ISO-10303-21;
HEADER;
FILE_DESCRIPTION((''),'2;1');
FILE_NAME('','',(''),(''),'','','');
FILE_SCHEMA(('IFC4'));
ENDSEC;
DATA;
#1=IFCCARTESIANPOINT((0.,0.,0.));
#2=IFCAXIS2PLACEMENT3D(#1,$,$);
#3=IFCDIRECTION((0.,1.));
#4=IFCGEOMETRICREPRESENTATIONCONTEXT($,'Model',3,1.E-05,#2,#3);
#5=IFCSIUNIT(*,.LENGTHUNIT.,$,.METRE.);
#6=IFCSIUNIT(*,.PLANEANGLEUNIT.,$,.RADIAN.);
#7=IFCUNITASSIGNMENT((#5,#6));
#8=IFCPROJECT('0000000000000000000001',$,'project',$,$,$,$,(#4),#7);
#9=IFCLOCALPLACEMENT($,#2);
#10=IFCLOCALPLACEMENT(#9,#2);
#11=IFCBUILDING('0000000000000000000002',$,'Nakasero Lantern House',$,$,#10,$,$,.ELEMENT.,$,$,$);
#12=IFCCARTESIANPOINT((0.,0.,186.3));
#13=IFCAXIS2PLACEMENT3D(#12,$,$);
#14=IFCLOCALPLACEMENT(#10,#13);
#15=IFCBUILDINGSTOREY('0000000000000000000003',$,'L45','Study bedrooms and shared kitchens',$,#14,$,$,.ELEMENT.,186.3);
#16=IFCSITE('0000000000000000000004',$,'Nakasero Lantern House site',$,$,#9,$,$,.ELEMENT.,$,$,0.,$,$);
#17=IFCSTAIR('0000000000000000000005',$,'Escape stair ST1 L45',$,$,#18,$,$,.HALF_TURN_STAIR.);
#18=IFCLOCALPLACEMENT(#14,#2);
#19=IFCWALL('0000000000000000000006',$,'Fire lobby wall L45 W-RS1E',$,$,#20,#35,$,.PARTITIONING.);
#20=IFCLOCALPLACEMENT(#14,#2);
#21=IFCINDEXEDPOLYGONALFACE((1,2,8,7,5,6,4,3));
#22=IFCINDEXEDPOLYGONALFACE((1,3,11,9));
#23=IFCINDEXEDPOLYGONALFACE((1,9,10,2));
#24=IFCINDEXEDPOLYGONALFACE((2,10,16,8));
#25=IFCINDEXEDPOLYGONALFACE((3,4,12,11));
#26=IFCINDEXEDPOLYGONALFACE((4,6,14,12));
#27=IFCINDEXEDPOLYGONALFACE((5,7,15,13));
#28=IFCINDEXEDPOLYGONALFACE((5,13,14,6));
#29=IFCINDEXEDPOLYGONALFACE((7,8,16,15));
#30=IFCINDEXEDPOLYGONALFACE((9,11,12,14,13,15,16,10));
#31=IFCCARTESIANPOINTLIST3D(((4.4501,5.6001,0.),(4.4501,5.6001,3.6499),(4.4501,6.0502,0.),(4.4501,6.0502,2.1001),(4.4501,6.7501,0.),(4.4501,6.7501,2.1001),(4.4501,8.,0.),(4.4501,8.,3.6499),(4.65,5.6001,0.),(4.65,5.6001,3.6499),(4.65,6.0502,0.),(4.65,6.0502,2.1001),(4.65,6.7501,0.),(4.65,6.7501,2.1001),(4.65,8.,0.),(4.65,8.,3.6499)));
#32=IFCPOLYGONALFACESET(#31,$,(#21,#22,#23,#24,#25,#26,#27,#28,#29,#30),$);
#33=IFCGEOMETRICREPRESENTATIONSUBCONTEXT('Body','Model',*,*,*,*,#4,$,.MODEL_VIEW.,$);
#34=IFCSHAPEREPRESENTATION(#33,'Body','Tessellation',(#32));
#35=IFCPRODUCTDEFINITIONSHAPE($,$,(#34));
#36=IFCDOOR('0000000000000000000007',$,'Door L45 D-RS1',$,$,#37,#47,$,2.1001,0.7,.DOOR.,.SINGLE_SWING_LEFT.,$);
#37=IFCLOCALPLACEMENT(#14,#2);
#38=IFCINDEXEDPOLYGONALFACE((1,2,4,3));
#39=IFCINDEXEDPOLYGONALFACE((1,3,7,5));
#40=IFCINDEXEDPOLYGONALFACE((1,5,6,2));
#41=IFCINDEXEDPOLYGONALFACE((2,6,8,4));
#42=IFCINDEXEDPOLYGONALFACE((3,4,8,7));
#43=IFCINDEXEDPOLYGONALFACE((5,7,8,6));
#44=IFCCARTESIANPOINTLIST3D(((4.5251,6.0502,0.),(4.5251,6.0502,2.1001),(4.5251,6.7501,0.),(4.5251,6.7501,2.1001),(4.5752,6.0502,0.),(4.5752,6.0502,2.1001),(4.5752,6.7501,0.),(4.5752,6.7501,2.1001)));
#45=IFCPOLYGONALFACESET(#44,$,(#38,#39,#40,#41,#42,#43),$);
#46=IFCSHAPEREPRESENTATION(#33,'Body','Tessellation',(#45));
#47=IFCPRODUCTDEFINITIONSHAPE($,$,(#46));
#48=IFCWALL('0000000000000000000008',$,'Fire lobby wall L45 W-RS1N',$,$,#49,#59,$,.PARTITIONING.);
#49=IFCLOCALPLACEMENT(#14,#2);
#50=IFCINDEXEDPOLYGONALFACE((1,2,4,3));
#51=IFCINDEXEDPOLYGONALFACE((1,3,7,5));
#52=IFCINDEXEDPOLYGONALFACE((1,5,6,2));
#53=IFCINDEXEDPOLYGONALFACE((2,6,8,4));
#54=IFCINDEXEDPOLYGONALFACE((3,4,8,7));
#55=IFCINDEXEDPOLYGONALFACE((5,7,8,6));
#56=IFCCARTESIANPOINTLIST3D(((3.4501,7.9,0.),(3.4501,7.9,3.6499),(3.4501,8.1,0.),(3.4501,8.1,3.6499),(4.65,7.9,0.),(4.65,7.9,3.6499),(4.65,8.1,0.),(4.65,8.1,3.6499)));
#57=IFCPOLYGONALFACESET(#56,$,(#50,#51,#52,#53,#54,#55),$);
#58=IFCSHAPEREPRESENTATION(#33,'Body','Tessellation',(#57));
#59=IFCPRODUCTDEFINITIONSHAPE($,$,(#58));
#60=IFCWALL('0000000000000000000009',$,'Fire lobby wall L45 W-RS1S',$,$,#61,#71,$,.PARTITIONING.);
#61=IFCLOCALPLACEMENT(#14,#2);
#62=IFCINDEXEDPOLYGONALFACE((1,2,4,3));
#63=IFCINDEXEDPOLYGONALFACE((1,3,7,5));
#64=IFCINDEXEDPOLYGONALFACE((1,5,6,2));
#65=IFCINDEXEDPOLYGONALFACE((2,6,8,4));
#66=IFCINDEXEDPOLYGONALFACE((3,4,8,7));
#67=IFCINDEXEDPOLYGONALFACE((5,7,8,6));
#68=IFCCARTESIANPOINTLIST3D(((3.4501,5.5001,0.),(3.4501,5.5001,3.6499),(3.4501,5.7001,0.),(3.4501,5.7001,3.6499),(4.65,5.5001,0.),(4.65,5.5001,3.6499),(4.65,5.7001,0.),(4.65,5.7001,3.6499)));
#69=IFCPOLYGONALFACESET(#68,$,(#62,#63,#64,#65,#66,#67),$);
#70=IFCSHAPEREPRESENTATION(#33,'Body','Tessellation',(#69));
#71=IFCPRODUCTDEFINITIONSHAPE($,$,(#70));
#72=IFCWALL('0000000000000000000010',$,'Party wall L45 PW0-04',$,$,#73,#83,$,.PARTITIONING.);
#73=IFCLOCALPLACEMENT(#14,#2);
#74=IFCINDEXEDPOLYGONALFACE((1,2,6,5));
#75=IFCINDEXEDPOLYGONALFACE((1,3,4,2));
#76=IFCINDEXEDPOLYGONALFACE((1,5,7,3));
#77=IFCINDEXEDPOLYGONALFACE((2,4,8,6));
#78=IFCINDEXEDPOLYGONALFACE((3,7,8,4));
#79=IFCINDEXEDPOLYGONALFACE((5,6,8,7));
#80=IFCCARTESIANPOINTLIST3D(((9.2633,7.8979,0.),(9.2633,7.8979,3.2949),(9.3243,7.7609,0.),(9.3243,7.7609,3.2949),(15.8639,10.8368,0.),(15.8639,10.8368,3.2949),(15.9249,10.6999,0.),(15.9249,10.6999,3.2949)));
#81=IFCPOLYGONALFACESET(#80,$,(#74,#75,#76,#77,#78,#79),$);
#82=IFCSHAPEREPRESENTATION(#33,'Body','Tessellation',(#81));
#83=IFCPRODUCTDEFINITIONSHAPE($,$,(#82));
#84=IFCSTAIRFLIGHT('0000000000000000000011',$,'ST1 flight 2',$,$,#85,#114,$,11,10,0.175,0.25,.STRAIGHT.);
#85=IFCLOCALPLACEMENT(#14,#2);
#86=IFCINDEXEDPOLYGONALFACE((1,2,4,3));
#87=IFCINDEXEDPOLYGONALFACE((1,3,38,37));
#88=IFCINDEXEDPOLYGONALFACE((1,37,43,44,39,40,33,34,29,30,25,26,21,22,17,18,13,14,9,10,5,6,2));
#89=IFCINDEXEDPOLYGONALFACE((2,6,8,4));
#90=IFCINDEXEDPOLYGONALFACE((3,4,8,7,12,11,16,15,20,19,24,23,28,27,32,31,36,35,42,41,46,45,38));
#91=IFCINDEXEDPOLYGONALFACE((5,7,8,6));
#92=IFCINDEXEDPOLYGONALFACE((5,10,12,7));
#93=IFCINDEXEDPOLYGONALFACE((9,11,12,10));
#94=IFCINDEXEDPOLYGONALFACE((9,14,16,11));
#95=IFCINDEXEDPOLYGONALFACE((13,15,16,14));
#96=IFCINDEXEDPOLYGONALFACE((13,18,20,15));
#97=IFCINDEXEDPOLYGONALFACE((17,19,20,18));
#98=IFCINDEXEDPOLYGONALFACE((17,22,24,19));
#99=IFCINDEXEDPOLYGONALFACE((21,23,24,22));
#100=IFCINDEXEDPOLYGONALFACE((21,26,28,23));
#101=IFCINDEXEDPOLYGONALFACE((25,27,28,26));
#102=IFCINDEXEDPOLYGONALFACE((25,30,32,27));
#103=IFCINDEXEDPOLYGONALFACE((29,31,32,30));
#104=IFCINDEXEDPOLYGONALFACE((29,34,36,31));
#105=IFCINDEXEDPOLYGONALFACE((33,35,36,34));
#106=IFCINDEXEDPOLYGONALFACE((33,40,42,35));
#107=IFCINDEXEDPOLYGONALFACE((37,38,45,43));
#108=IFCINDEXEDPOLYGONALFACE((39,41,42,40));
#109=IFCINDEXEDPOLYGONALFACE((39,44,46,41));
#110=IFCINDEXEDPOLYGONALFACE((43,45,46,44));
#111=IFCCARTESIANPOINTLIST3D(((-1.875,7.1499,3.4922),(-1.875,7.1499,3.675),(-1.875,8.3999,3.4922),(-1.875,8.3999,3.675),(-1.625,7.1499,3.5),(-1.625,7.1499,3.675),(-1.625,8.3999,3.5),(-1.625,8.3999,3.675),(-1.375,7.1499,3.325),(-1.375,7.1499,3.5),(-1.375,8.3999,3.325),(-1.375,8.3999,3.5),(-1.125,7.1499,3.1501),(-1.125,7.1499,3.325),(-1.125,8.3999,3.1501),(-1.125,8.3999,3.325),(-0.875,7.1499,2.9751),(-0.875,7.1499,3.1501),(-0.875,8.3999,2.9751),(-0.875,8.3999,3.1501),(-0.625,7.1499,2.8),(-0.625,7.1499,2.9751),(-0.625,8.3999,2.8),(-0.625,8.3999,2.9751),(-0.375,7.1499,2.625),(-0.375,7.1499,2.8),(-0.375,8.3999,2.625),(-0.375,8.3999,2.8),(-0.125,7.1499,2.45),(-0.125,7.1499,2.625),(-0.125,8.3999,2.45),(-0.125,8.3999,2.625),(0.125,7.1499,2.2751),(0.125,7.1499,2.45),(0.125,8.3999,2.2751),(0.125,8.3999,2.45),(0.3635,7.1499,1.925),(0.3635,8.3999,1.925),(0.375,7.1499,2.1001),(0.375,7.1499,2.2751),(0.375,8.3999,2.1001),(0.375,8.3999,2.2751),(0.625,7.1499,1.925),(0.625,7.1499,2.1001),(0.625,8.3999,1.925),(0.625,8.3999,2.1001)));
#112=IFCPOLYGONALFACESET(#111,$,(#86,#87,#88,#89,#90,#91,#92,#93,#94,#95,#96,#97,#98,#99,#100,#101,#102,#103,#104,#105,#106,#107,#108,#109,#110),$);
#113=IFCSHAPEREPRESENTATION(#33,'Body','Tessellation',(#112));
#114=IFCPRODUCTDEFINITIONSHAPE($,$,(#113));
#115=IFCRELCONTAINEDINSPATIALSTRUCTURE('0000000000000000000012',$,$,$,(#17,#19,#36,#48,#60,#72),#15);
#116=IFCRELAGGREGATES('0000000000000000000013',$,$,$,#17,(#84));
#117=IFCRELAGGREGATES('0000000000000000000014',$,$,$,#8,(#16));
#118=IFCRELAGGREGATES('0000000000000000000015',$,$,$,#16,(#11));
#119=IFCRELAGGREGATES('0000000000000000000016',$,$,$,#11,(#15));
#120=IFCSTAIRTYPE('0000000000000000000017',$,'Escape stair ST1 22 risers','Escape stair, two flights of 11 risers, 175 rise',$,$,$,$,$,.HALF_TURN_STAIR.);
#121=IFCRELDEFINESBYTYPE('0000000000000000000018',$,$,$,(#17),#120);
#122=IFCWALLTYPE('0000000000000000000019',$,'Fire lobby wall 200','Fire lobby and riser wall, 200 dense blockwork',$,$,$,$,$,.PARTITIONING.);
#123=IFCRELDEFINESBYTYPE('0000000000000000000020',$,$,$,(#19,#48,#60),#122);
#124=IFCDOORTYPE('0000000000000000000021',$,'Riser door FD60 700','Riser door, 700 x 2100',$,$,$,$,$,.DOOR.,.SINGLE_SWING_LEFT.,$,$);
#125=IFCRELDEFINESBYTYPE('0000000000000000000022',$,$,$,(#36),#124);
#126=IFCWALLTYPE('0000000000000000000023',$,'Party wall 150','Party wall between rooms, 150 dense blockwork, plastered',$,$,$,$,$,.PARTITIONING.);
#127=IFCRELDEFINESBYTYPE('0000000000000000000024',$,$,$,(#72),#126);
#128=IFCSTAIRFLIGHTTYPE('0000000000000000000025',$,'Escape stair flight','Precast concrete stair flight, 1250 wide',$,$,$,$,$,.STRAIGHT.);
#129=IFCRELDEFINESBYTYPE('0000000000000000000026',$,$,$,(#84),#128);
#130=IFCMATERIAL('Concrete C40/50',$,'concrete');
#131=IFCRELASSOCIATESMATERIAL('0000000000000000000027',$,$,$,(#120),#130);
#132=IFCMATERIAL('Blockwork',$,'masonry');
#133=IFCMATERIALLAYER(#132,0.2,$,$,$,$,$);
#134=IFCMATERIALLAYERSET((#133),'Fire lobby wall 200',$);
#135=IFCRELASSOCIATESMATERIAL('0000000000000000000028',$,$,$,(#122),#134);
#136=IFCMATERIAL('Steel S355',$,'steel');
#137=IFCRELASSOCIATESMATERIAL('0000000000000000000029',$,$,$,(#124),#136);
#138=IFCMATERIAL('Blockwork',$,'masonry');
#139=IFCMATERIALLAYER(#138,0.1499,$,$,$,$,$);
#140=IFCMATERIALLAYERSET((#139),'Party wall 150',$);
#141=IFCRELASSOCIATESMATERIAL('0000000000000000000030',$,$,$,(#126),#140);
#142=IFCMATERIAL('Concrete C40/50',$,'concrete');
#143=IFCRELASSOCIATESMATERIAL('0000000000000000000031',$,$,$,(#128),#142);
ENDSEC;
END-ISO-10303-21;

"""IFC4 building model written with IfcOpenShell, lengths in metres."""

from ifc_helpers import new_model, si_unit, direction, frame, frame_2d, origin, place, context, subcontext, project, spatial, polyline, rectangle, outline, extrude, material, layer, layer_set, type_object, element, fill, aggregate, save


model = new_model("IFC4")

# Units and contexts
model_context = context("Model", 3, precision=1e-05, world=origin(), true_north=direction((0.0, 1.0)))
body_context = subcontext(model_context, "Body", "Model", "MODEL_VIEW")
ifc_project = project(units=[si_unit("LENGTHUNIT", "METRE"), si_unit("PLANEANGLEUNIT", "RADIAN")], contexts=[model_context])

# Site, building, storey
site_placement = place(None, origin())
site = spatial("IfcSite", under=ifc_project, at=site_placement, Name="Nakasero Lantern House site", CompositionType="ELEMENT", RefElevation=0.0)
building_placement = place(site_placement, origin())
building = spatial("IfcBuilding", under=site, at=building_placement, Name="Nakasero Lantern House", CompositionType="ELEMENT")
storey_placement = place(building_placement, frame((0.0, 0.0, 186.3)))
storey = spatial("IfcBuildingStorey", under=building, at=storey_placement, Name="L45", Description="Study bedrooms and shared kitchens", CompositionType="ELEMENT", Elevation=186.3)

# Stair
ifc_material_1 = material(Name="Concrete C40/50", Category="concrete")
stair_type_1 = type_object("IfcStairType", Name="Escape stair ST1 22 risers", Description="Escape stair, two flights of 11 risers, 175 rise", PredefinedType="HALF_TURN_STAIR", material=ifc_material_1)
stair_1_placement = place(storey_placement, origin())
stair_1 = element("IfcStair", 1, at=stair_1_placement, inside=storey, type_object=stair_type_1, Name="Escape stair ST1 L45", PredefinedType="HALF_TURN_STAIR")

# Wall, opening, door
ifc_material_2 = material(Name="Blockwork", Category="masonry")
ifc_layer_1 = layer(ifc_material_2, 0.2)
ifc_layer_set_1 = layer_set([ifc_layer_1], Name="Fire lobby wall 200")
wall_type_1 = type_object("IfcWallType", Name="Fire lobby wall 200", Description="Fire lobby and riser wall, 200 dense blockwork", PredefinedType="PARTITIONING", material=ifc_layer_set_1)
wall_1_placement = place(storey_placement, frame((4.55, 5.6001, 0.0), z_axis=(0.0, 0.0, 1.0), x_axis=(0.0, 1.0, 0.0)))
wall_1 = element("IfcWall", 2, at=wall_1_placement, inside=storey, type_object=wall_type_1, Name="Fire lobby wall L45 W-RS1E", PredefinedType="PARTITIONING", context=body_context, shape_type="SweptSolid", body=[
    extrude(rectangle(XDim=2.3999, YDim=0.2, at=frame_2d((1.2, 0.0))), origin(), (0.0, 0.0, 1.0), 3.6499),
])
opening_1_placement = place(wall_1_placement, frame((0.45, 0.0, 0.0)))
opening_1 = element("IfcOpeningElement", 3, at=opening_1_placement, cuts=wall_1, PredefinedType="OPENING", context=body_context, shape_type="SweptSolid", body=[
    extrude(rectangle(XDim=0.7, YDim=2.1001, at=frame_2d((0.3501, 1.05))), frame((0.0, 0.1199, 0.0), z_axis=(0.0, -1.0, 0.0), x_axis=(1.0, 0.0, 0.0)), (0.0, 0.0, 1.0), 0.24),
])
ifc_material_3 = material(Name="Steel S355", Category="steel")
door_type_1 = type_object("IfcDoorType", Name="Riser door FD60 700", Description="Riser door, 700 x 2100", OperationType="SINGLE_SWING_LEFT", PredefinedType="DOOR", material=ifc_material_3)
door_1_placement = place(opening_1_placement, origin())
door_1 = element("IfcDoor", 4, at=door_1_placement, inside=storey, type_object=door_type_1, Name="Door L45 D-RS1", OperationType="SINGLE_SWING_LEFT", OverallHeight=2.1001, OverallWidth=0.7, PredefinedType="DOOR", context=body_context, shape_type="SweptSolid", body=[
    extrude(rectangle(XDim=0.7, YDim=2.1001, at=frame_2d((0.3501, 1.05))), frame((0.0, 0.0249, 0.0), z_axis=(0.0, -1.0, 0.0), x_axis=(1.0, 0.0, 0.0)), (0.0, 0.0, 1.0), 0.05),
])
fill(opening_1, door_1)

# Walls
for number, where, z_axis, x_axis, name in (
    (5, (3.45, 8.0, 0.0), (0.0, 0.0, 1.0), (1.0, 0.0, 0.0), "Fire lobby wall L45 W-RS1N"),
    (6, (3.45, 5.6001, 0.0), (0.0, 0.0, 1.0), (1.0, 0.0, 0.0), "Fire lobby wall L45 W-RS1S"),
):
    element("IfcWall", number, at=place(storey_placement, frame(where, z_axis=z_axis, x_axis=x_axis)), inside=storey, type_object=wall_type_1, Name=name, PredefinedType="PARTITIONING", context=body_context, shape_type="SweptSolid", body=[
        extrude(rectangle(XDim=1.2, YDim=0.2, at=frame_2d((0.6001, 0.0))), origin(), (0.0, 0.0, 1.0), 3.6499),
    ])
ifc_material_4 = material(Name="Blockwork", Category="masonry")
ifc_layer_2 = layer(ifc_material_4, 0.1499)
ifc_layer_set_2 = layer_set([ifc_layer_2], Name="Party wall 150")
wall_type_2 = type_object("IfcWallType", Name="Party wall 150", Description="Party wall between rooms, 150 dense blockwork, plastered", PredefinedType="PARTITIONING", material=ifc_layer_set_2)
wall_2_placement = place(storey_placement, frame((9.2937, 7.8293, 0.0), z_axis=(0.0, 0.0, 1.0), x_axis=(0.913535, 0.406759, 0.0)))
element("IfcWall", 7, at=wall_2_placement, inside=storey, type_object=wall_type_2, Name="Party wall L45 PW0-04", PredefinedType="PARTITIONING", context=body_context, shape_type="SweptSolid", body=[
    extrude(rectangle(XDim=7.2253, YDim=0.1499, at=frame_2d((3.6128, 0.0))), origin(), (0.0, 0.0, 1.0), 3.2949),
])

# Stair flight
ifc_material_5 = material(Name="Concrete C40/50", Category="concrete")
stair_flight_type = type_object("IfcStairFlightType", Name="Escape stair flight", Description="Precast concrete stair flight, 1250 wide", PredefinedType="STRAIGHT", material=ifc_material_5)
stair_flight_placement = place(storey_placement, frame((0.625, 7.7749, 1.925), z_axis=(0.0, 0.0, 1.0), x_axis=(-1.0, 0.0, 0.0)))
stair_flight = element("IfcStairFlight", 8, at=stair_flight_placement, type_object=stair_flight_type, Name="ST1 flight 2", NumberOfRisers=11, NumberOfTreads=10, PredefinedType="STRAIGHT", RiserHeight=0.175, TreadLength=0.25, context=body_context, shape_type="SweptSolid", body=[
    extrude(outline(polyline([(0.0, 0.0), (0.0, 0.175), (0.25, 0.175), (0.25, 0.3501), (0.5, 0.3501), (0.5, 0.5249), (0.75, 0.5249), (0.75, 0.7), (1.0, 0.7), (1.0, 0.875), (1.25, 0.875), (1.25, 1.05), (1.5, 1.05), (1.5, 1.2251), (1.75, 1.2251), (1.75, 1.3999), (2.0, 1.3999), (2.0, 1.575), (2.25, 1.575), (2.25, 1.75), (2.5, 1.75), (2.5, 1.925), (2.5, 1.5671), (0.2615, 0.0), (0.0, 0.0)])), frame((0.0, 0.625, 0.0), z_axis=(0.0, -1.0, 0.0), x_axis=(1.0, 0.0, 0.0)), (0.0, 0.0, 1.0), 1.25),
])
aggregate(stair_1, [stair_flight])

save(model, "model.ifc")
